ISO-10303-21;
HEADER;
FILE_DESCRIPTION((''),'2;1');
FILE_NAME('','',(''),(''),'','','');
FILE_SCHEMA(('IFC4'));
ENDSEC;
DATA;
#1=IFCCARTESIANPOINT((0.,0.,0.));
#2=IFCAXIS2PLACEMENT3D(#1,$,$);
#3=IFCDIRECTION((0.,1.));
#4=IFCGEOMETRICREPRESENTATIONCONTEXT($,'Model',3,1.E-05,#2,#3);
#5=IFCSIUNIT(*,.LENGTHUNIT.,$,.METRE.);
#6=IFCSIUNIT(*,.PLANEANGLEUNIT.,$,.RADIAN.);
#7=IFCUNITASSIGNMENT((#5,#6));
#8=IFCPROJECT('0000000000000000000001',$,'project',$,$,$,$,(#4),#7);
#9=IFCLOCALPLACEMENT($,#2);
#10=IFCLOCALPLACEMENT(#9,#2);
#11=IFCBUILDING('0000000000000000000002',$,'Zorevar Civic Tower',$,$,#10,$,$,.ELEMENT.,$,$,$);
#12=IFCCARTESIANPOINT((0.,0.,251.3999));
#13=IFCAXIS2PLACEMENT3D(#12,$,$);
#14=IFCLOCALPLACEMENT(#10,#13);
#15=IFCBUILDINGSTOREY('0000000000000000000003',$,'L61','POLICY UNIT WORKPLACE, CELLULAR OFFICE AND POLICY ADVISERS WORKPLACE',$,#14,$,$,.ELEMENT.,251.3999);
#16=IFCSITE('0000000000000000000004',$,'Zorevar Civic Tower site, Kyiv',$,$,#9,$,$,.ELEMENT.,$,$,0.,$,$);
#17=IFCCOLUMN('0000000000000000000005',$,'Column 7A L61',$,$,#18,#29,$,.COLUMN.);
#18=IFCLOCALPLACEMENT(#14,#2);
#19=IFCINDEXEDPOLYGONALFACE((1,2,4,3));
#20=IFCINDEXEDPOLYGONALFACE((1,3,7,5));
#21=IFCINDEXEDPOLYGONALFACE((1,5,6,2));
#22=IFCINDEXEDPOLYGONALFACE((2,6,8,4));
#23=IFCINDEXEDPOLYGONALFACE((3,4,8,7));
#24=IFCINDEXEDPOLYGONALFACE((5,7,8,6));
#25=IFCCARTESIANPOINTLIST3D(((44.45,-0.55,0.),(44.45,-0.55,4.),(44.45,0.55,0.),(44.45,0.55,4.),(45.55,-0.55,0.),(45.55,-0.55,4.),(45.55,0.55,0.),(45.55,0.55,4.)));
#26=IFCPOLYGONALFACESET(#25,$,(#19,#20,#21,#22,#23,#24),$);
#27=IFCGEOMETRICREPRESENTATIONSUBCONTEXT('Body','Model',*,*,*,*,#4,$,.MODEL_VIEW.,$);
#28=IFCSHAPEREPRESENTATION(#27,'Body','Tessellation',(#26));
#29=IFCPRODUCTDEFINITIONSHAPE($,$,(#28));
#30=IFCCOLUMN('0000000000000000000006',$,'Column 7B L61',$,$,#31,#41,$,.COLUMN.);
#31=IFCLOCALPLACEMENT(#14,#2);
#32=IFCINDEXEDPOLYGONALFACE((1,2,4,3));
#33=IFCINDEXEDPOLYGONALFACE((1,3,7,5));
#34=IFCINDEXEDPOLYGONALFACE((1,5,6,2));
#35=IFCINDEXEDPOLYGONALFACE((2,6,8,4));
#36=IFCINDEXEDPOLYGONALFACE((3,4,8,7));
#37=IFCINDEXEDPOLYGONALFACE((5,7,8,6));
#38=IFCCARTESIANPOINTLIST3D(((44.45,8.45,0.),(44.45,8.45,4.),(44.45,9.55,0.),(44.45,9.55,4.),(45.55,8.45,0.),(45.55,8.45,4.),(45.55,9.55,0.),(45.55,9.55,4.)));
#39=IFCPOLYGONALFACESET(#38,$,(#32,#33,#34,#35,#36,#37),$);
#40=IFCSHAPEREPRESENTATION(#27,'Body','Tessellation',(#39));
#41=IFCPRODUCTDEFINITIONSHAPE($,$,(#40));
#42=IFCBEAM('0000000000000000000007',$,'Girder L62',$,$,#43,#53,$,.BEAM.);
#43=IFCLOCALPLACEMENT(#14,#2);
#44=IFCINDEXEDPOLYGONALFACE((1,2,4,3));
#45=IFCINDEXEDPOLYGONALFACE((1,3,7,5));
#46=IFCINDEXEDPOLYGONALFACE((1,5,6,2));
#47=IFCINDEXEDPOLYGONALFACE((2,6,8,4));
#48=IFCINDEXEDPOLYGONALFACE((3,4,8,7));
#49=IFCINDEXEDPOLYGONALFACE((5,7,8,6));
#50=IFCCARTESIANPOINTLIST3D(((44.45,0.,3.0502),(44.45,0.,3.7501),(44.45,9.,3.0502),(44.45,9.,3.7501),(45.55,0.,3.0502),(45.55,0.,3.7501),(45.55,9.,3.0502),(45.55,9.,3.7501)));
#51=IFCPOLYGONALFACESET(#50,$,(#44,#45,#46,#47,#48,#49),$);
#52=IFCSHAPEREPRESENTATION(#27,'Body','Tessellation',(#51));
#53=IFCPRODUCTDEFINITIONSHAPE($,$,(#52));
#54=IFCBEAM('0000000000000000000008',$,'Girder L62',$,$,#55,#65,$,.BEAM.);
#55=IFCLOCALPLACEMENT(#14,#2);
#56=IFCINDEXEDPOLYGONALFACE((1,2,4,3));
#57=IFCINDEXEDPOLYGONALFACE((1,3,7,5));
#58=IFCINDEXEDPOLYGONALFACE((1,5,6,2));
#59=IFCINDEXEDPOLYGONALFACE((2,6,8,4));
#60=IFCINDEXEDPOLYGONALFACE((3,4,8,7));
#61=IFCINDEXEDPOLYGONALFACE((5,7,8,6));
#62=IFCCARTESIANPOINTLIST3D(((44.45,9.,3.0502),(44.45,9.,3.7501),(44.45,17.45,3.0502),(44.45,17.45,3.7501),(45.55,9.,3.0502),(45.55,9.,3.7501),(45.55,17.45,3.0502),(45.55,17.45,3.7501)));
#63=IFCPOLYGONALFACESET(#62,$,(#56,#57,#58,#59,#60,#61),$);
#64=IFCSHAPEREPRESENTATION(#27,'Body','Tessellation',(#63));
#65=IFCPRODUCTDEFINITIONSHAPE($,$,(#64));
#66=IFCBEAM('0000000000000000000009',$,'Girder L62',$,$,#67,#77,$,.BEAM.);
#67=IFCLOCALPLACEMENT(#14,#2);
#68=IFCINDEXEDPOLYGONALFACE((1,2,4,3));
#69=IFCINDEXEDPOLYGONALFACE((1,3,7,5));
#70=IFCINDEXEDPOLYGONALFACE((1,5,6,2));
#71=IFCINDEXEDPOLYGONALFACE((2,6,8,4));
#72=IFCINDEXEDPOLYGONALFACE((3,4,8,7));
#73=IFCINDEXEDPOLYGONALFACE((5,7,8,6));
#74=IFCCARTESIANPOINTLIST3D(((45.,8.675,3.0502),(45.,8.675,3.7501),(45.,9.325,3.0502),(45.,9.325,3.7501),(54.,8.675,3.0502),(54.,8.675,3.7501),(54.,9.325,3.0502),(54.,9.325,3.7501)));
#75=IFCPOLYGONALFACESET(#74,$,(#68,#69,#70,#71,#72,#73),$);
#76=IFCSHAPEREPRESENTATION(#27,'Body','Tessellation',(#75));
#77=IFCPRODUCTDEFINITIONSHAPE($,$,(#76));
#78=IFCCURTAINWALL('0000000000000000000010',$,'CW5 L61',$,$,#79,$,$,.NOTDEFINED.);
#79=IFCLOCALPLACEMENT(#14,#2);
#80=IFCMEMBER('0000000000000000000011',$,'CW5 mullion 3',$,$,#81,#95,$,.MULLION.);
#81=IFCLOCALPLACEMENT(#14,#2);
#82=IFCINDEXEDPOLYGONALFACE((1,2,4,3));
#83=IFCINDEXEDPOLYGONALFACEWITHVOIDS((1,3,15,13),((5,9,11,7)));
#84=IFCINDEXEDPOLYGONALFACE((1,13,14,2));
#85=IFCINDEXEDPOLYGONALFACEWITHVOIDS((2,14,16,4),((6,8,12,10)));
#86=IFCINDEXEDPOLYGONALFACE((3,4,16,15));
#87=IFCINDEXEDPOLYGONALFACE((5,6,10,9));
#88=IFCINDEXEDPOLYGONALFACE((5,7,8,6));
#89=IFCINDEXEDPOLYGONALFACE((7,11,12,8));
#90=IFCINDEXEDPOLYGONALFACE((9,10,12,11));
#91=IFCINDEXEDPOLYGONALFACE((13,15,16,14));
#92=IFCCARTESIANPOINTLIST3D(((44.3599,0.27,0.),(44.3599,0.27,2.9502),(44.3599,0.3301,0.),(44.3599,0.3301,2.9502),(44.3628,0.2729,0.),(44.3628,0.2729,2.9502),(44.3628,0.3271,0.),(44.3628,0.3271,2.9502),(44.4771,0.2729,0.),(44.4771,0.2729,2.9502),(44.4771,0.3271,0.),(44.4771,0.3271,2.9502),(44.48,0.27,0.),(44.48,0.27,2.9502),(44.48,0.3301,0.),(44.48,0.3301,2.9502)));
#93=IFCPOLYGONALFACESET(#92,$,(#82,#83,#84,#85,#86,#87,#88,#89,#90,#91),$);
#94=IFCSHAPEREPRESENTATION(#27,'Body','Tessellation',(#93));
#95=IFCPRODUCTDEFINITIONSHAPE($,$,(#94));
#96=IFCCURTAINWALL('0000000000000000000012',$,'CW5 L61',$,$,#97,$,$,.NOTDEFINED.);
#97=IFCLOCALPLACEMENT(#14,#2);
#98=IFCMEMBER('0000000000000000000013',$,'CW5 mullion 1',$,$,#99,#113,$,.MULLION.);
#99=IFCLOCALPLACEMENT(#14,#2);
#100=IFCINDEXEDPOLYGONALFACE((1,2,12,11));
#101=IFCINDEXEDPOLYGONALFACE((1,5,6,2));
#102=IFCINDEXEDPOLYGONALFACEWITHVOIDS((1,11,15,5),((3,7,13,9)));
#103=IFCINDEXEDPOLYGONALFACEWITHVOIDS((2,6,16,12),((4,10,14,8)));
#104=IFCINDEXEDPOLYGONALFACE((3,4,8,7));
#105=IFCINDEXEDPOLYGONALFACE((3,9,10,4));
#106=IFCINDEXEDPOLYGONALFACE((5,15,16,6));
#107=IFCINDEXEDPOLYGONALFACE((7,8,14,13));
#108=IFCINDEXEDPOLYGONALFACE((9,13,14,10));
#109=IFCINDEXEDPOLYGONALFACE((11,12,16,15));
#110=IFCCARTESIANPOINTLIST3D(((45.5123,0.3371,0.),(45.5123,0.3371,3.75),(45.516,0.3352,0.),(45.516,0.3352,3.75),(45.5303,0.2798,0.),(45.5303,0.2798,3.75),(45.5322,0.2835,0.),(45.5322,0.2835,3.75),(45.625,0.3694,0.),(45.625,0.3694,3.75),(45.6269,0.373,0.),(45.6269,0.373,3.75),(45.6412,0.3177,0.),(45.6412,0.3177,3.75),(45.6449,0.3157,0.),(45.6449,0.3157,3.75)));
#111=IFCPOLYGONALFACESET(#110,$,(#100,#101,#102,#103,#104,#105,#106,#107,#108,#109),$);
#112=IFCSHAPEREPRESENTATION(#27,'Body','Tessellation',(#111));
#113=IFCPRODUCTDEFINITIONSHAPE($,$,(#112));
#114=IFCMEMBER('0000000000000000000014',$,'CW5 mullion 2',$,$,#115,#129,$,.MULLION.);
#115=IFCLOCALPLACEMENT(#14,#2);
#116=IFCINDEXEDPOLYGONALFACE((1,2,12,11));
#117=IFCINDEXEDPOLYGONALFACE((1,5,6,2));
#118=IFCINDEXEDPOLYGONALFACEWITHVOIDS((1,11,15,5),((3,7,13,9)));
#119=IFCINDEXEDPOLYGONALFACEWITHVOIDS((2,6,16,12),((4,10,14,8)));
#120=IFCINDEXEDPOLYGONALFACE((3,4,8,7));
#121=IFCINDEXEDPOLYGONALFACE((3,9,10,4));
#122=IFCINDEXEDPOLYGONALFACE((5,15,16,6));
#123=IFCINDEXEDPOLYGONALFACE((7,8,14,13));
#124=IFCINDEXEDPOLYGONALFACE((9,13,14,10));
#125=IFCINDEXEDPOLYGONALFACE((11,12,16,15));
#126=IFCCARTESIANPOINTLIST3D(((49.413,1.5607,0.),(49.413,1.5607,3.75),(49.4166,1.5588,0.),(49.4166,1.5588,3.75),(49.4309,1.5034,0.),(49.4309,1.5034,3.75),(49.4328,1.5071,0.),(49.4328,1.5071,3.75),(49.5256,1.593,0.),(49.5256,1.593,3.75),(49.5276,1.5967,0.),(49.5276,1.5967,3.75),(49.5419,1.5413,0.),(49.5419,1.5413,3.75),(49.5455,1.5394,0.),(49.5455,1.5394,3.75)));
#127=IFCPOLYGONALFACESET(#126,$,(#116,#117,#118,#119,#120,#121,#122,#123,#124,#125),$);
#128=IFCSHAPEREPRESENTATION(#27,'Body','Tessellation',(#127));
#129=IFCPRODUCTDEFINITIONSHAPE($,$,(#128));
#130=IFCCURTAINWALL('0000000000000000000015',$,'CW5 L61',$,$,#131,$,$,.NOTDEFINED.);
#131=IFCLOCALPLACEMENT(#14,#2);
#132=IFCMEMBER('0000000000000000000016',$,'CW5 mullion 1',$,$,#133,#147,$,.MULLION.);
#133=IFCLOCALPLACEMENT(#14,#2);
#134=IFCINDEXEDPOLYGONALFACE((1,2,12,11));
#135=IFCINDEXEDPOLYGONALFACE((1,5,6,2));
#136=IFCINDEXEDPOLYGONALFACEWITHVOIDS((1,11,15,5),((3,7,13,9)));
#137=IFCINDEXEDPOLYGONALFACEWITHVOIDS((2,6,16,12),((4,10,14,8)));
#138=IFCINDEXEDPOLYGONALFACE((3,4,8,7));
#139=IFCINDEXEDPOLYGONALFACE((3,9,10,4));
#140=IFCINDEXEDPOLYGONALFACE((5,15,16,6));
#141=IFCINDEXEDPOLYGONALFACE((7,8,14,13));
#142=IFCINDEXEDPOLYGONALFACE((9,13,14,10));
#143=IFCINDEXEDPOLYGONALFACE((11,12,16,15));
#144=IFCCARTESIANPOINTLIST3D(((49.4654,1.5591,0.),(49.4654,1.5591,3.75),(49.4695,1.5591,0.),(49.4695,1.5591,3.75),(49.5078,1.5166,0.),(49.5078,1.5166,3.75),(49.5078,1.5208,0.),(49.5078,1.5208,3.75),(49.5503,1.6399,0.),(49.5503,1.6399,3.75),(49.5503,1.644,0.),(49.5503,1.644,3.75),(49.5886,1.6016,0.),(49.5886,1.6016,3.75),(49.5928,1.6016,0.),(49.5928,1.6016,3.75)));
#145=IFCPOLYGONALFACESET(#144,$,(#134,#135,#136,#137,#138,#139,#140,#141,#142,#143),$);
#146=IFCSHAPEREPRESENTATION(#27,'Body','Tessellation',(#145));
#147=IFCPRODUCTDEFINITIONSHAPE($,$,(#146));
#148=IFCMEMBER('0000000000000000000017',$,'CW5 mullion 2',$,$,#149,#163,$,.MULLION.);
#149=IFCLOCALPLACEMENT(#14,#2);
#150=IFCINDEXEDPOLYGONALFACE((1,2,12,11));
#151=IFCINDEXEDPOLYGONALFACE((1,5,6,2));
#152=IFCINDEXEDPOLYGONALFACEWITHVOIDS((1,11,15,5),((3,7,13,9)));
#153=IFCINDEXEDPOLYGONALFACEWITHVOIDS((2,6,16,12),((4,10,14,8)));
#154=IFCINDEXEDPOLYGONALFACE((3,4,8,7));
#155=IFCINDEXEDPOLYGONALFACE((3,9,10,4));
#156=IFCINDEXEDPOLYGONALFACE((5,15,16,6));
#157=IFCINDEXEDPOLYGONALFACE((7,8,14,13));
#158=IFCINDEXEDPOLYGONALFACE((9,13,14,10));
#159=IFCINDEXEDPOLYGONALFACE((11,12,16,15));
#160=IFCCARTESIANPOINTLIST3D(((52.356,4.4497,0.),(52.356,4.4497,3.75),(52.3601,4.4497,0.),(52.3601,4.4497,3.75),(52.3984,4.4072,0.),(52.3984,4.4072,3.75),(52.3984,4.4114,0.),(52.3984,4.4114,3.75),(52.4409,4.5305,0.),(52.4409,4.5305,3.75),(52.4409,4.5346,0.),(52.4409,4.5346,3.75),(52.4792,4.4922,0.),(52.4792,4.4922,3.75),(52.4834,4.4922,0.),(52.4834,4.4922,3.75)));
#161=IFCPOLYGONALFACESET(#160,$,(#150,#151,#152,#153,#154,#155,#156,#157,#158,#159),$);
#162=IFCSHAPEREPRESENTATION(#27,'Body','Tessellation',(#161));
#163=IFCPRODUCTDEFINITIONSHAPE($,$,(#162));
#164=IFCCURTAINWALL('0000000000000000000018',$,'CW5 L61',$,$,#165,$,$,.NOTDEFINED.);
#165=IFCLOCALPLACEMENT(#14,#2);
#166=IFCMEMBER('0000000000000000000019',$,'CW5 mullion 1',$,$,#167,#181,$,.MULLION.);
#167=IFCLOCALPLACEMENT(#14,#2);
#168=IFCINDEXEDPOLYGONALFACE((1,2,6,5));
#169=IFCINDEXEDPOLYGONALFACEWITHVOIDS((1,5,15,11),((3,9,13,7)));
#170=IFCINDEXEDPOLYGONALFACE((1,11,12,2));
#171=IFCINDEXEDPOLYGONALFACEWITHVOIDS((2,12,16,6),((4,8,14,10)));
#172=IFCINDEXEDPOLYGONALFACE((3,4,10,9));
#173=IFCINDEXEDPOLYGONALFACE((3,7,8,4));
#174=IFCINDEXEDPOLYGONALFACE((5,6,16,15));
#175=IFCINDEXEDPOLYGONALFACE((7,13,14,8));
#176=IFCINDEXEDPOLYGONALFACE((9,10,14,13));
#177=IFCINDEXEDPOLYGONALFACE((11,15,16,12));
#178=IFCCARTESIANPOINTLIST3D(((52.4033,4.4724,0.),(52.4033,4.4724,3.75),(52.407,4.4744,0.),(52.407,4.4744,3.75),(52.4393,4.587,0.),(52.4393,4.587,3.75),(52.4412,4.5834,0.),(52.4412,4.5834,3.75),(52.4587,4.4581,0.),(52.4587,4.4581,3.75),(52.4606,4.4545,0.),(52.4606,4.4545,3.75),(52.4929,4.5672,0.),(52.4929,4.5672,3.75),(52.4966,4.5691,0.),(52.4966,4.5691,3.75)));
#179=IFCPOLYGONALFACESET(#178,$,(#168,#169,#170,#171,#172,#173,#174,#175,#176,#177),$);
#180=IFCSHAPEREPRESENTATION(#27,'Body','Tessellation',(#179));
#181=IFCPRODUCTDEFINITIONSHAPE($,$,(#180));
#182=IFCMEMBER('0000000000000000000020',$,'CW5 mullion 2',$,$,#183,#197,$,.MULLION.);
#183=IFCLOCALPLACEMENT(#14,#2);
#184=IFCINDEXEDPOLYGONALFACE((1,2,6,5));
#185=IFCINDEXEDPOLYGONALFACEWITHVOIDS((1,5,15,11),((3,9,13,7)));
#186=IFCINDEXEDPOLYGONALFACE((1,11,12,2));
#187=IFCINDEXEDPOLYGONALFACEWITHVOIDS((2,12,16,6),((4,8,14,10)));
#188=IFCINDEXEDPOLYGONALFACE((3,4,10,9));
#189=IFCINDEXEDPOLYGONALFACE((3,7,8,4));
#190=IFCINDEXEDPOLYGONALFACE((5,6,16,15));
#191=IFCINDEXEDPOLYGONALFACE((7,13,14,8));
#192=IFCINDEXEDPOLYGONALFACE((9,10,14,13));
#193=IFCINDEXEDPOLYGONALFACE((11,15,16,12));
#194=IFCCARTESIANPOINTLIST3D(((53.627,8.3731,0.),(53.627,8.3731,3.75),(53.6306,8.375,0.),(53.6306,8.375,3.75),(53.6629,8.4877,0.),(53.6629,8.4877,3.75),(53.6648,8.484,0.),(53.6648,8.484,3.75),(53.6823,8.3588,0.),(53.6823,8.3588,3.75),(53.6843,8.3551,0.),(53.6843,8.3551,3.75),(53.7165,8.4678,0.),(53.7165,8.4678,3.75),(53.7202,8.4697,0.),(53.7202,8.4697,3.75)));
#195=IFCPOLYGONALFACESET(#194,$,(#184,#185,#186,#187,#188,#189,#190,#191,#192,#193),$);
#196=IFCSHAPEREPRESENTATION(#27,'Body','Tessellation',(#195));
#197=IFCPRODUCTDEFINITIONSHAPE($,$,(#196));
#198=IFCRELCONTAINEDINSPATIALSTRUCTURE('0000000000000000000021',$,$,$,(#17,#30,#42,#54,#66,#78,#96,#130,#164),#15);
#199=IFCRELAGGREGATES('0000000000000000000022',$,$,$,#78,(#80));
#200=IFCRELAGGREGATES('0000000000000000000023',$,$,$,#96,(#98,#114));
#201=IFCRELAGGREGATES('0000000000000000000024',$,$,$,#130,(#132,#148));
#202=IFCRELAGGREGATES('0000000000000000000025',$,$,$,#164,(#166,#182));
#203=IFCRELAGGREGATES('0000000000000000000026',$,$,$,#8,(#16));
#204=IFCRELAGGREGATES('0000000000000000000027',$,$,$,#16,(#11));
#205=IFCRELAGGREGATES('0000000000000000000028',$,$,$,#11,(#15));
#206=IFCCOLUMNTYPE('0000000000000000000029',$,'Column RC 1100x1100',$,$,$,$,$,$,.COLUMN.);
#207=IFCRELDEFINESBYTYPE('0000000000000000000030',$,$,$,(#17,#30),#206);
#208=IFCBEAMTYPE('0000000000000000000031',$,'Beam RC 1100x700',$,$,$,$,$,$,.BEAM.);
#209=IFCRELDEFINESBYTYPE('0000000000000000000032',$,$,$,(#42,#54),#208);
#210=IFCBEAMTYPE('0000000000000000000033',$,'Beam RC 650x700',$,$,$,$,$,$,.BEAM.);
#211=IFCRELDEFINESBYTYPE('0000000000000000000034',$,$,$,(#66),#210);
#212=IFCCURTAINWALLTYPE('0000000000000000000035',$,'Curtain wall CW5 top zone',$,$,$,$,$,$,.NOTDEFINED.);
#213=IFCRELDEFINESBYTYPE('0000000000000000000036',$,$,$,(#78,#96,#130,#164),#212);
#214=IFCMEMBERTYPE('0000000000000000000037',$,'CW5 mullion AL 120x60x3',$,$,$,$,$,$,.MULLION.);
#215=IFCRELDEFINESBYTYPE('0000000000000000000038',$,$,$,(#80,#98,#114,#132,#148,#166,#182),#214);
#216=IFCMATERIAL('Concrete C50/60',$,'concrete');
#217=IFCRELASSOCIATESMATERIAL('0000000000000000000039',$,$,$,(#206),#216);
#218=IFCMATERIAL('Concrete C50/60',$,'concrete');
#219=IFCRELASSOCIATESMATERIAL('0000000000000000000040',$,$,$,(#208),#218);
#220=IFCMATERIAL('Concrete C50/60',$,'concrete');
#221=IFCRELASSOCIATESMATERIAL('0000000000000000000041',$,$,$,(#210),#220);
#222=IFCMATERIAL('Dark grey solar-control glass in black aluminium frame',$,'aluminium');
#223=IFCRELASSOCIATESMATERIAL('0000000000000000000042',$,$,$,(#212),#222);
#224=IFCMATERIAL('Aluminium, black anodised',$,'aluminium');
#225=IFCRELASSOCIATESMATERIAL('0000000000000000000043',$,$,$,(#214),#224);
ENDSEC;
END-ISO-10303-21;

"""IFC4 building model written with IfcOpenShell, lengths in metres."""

from ifc_helpers import new_model, si_unit, direction, frame, origin, origin_2d, place, context, subcontext, project, spatial, rectangle, hollow_rectangle, extrude, material, material_profile, profile_set, type_object, element, aggregate, save


model = new_model("IFC4")

# Units and contexts
model_context = context("Model", 3, precision=1e-05, world=origin(), true_north=direction((0.0, 1.0)))
body_context = subcontext(model_context, "Body", "Model", "MODEL_VIEW")
ifc_project = project(units=[si_unit("LENGTHUNIT", "METRE"), si_unit("PLANEANGLEUNIT", "RADIAN")], contexts=[model_context])

# Site, building, storey
site_placement = place(None, origin())
site = spatial("IfcSite", under=ifc_project, at=site_placement, Name="Zorevar Civic Tower site, Kyiv", CompositionType="ELEMENT", RefElevation=0.0)
building_placement = place(site_placement, origin())
building = spatial("IfcBuilding", under=site, at=building_placement, Name="Zorevar Civic Tower", CompositionType="ELEMENT")
storey_placement = place(building_placement, frame((0.0, 0.0, 251.3999)))
storey = spatial("IfcBuildingStorey", under=building, at=storey_placement, Name="L61", Description="POLICY UNIT WORKPLACE, CELLULAR OFFICE AND POLICY ADVISERS WORKPLACE", CompositionType="ELEMENT", Elevation=251.3999)

# Columns
ifc_material_1 = material(Name="Concrete C50/60", Category="concrete")
ifc_material_profile_1 = material_profile(ifc_material_1, rectangle(XDim=1.1001, YDim=1.1001, at=origin_2d()), Name="RC 1100x1100")
ifc_profile_set_1 = profile_set([ifc_material_profile_1], Name="Concrete C50/60")
column_type = type_object("IfcColumnType", Name="Column RC 1100x1100", PredefinedType="COLUMN", material=ifc_profile_set_1)
for number, where, z_axis, x_axis, name in (
    (1, (45.0, 0.0, 0.0), (0.0, 0.0, 1.0), (1.0, 0.0, 0.0), "Column 7A L61"),
    (2, (45.0, 9.0, 0.0), (0.0, 0.0, 1.0), (1.0, 0.0, 0.0), "Column 7B L61"),
):
    element("IfcColumn", number, at=place(storey_placement, frame(where, z_axis=z_axis, x_axis=x_axis)), inside=storey, type_object=column_type, Name=name, PredefinedType="COLUMN", context=body_context, shape_type="SweptSolid", body=[
        extrude(rectangle(XDim=1.1001, YDim=1.1001, at=origin_2d()), origin(), (0.0, 0.0, 1.0), 4.0),
    ])

# Beams
ifc_material_2 = material(Name="Concrete C50/60", Category="concrete")
ifc_material_profile_2 = material_profile(ifc_material_2, rectangle(XDim=1.1001, YDim=0.7, at=origin_2d()), Name="RC 1100x700")
ifc_profile_set_2 = profile_set([ifc_material_profile_2], Name="Concrete C50/60")
beam_type_1 = type_object("IfcBeamType", Name="Beam RC 1100x700", PredefinedType="BEAM", material=ifc_profile_set_2)
beam_1_placement = place(storey_placement, frame((45.0, 0.0, 3.4001), z_axis=(0.0, 1.0, 0.0), x_axis=(-1.0, 0.0, 0.0)))
element("IfcBeam", 3, at=beam_1_placement, inside=storey, type_object=beam_type_1, Name="Girder L62", PredefinedType="BEAM", context=body_context, shape_type="SweptSolid", body=[
    extrude(rectangle(XDim=1.1001, YDim=0.7, at=origin_2d()), origin(), (0.0, 0.0, 1.0), 9.0),
])
beam_2_placement = place(storey_placement, frame((45.0, 9.0, 3.4001), z_axis=(0.0, 1.0, 0.0), x_axis=(-1.0, 0.0, 0.0)))
element("IfcBeam", 4, at=beam_2_placement, inside=storey, type_object=beam_type_1, Name="Girder L62", PredefinedType="BEAM", context=body_context, shape_type="SweptSolid", body=[
    extrude(rectangle(XDim=1.1001, YDim=0.7, at=origin_2d()), origin(), (0.0, 0.0, 1.0), 8.45),
])
ifc_material_3 = material(Name="Concrete C50/60", Category="concrete")
ifc_material_profile_3 = material_profile(ifc_material_3, rectangle(XDim=0.6499, YDim=0.7, at=origin_2d()), Name="RC 650x700")
ifc_profile_set_3 = profile_set([ifc_material_profile_3], Name="Concrete C50/60")
beam_type_2 = type_object("IfcBeamType", Name="Beam RC 650x700", PredefinedType="BEAM", material=ifc_profile_set_3)
beam_3_placement = place(storey_placement, frame((45.0, 9.0, 3.4001), z_axis=(1.0, 0.0, 0.0), x_axis=(0.0, 1.0, 0.0)))
element("IfcBeam", 5, at=beam_3_placement, inside=storey, type_object=beam_type_2, Name="Girder L62", PredefinedType="BEAM", context=body_context, shape_type="SweptSolid", body=[
    extrude(rectangle(XDim=0.6499, YDim=0.7, at=origin_2d()), origin(), (0.0, 0.0, 1.0), 9.0),
])

# Curtain wall, member
ifc_material_4 = material(Name="Dark grey solar-control glass in black aluminium frame", Category="aluminium")
curtain_wall_type = type_object("IfcCurtainWallType", Name="Curtain wall CW5 top zone", PredefinedType="NOTDEFINED", material=ifc_material_4)
curtain_wall_1_placement = place(storey_placement, origin())
curtain_wall_1 = element("IfcCurtainWall", 6, at=curtain_wall_1_placement, inside=storey, type_object=curtain_wall_type, Name="CW5 L61", PredefinedType="NOTDEFINED")
ifc_material_5 = material(Name="Aluminium, black anodised", Category="aluminium")
ifc_material_profile_4 = material_profile(ifc_material_5, hollow_rectangle(XDim=0.0601, YDim=0.1201, WallThickness=0.0029, at=origin_2d()), Name="AL 120x60x3")
ifc_profile_set_4 = profile_set([ifc_material_profile_4], Name="Aluminium, black anodised")
member_type_1 = type_object("IfcMemberType", Name="CW5 mullion AL 120x60x3", PredefinedType="MULLION", material=ifc_profile_set_4)
member_1_placement = place(storey_placement, frame((44.4199, 0.3, 0.0), z_axis=(0.0, 0.0, 1.0), x_axis=(0.0, 1.0, 0.0)))
member_1 = element("IfcMember", 7, at=member_1_placement, type_object=member_type_1, Name="CW5 mullion 3", PredefinedType="MULLION", context=body_context, shape_type="SweptSolid", body=[
    extrude(hollow_rectangle(XDim=0.0601, YDim=0.1201, WallThickness=0.0029, at=origin_2d()), origin(), (0.0, 0.0, 1.0), 2.9502),
])
aggregate(curtain_wall_1, [member_1])

# Curtain walls, members
curtain_wall_2_placement = place(storey_placement, origin())
curtain_wall_2 = element("IfcCurtainWall", 8, at=curtain_wall_2_placement, inside=storey, type_object=curtain_wall_type, Name="CW5 L61", PredefinedType="NOTDEFINED")
member_2_placement = place(storey_placement, frame((45.5786, 0.3264, 0.0), z_axis=(0.0, 0.0, 1.0), x_axis=(-0.299318, 0.954153, 0.0)))
member_2 = element("IfcMember", 9, at=member_2_placement, type_object=member_type_1, Name="CW5 mullion 1", PredefinedType="MULLION", context=body_context, shape_type="SweptSolid", body=[
    extrude(hollow_rectangle(XDim=0.0601, YDim=0.1201, WallThickness=0.0029, at=origin_2d()), origin(), (0.0, 0.0, 1.0), 3.75),
])
member_3_placement = place(storey_placement, frame((49.4792, 1.55, 0.0), z_axis=(0.0, 0.0, 1.0), x_axis=(-0.299318, 0.954153, 0.0)))
member_3 = element("IfcMember", 10, at=member_3_placement, type_object=member_type_1, Name="CW5 mullion 2", PredefinedType="MULLION", context=body_context, shape_type="SweptSolid", body=[
    extrude(hollow_rectangle(XDim=0.0601, YDim=0.1201, WallThickness=0.0029, at=origin_2d()), origin(), (0.0, 0.0, 1.0), 3.75),
])
curtain_wall_3_placement = place(storey_placement, origin())
curtain_wall_3 = element("IfcCurtainWall", 11, at=curtain_wall_3_placement, inside=storey, type_object=curtain_wall_type, Name="CW5 L61", PredefinedType="NOTDEFINED")
member_4_placement = place(storey_placement, frame((49.5291, 1.5803, 0.0), z_axis=(0.0, 0.0, 1.0), x_axis=(-0.707107, 0.707107, 0.0)))
member_4 = element("IfcMember", 12, at=member_4_placement, type_object=member_type_1, Name="CW5 mullion 1", PredefinedType="MULLION", context=body_context, shape_type="SweptSolid", body=[
    extrude(hollow_rectangle(XDim=0.0601, YDim=0.1201, WallThickness=0.0029, at=origin_2d()), origin(), (0.0, 0.0, 1.0), 3.75),
])
member_5_placement = place(storey_placement, frame((52.4197, 4.4709, 0.0), z_axis=(0.0, 0.0, 1.0), x_axis=(-0.707107, 0.707107, 0.0)))
member_5 = element("IfcMember", 13, at=member_5_placement, type_object=member_type_1, Name="CW5 mullion 2", PredefinedType="MULLION", context=body_context, shape_type="SweptSolid", body=[
    extrude(hollow_rectangle(XDim=0.0601, YDim=0.1201, WallThickness=0.0029, at=origin_2d()), origin(), (0.0, 0.0, 1.0), 3.75),
])
curtain_wall_4_placement = place(storey_placement, origin())
curtain_wall_4 = element("IfcCurtainWall", 14, at=curtain_wall_4_placement, inside=storey, type_object=curtain_wall_type, Name="CW5 L61", PredefinedType="NOTDEFINED")
member_6_placement = place(storey_placement, frame((52.45, 4.5208, 0.0), z_axis=(0.0, 0.0, 1.0), x_axis=(-0.954153, 0.299318, 0.0)))
member_6 = element("IfcMember", 15, at=member_6_placement, type_object=member_type_1, Name="CW5 mullion 1", PredefinedType="MULLION", context=body_context, shape_type="SweptSolid", body=[
    extrude(hollow_rectangle(XDim=0.0601, YDim=0.1201, WallThickness=0.0029, at=origin_2d()), origin(), (0.0, 0.0, 1.0), 3.75),
])
member_7_placement = place(storey_placement, frame((53.6736, 8.4214, 0.0), z_axis=(0.0, 0.0, 1.0), x_axis=(-0.954153, 0.299318, 0.0)))
member_7 = element("IfcMember", 16, at=member_7_placement, type_object=member_type_1, Name="CW5 mullion 2", PredefinedType="MULLION", context=body_context, shape_type="SweptSolid", body=[
    extrude(hollow_rectangle(XDim=0.0601, YDim=0.1201, WallThickness=0.0029, at=origin_2d()), origin(), (0.0, 0.0, 1.0), 3.75),
])

aggregate(curtain_wall_2, [member_2, member_3])
aggregate(curtain_wall_3, [member_4, member_5])
aggregate(curtain_wall_4, [member_6, member_7])

save(model, "model.ifc")
